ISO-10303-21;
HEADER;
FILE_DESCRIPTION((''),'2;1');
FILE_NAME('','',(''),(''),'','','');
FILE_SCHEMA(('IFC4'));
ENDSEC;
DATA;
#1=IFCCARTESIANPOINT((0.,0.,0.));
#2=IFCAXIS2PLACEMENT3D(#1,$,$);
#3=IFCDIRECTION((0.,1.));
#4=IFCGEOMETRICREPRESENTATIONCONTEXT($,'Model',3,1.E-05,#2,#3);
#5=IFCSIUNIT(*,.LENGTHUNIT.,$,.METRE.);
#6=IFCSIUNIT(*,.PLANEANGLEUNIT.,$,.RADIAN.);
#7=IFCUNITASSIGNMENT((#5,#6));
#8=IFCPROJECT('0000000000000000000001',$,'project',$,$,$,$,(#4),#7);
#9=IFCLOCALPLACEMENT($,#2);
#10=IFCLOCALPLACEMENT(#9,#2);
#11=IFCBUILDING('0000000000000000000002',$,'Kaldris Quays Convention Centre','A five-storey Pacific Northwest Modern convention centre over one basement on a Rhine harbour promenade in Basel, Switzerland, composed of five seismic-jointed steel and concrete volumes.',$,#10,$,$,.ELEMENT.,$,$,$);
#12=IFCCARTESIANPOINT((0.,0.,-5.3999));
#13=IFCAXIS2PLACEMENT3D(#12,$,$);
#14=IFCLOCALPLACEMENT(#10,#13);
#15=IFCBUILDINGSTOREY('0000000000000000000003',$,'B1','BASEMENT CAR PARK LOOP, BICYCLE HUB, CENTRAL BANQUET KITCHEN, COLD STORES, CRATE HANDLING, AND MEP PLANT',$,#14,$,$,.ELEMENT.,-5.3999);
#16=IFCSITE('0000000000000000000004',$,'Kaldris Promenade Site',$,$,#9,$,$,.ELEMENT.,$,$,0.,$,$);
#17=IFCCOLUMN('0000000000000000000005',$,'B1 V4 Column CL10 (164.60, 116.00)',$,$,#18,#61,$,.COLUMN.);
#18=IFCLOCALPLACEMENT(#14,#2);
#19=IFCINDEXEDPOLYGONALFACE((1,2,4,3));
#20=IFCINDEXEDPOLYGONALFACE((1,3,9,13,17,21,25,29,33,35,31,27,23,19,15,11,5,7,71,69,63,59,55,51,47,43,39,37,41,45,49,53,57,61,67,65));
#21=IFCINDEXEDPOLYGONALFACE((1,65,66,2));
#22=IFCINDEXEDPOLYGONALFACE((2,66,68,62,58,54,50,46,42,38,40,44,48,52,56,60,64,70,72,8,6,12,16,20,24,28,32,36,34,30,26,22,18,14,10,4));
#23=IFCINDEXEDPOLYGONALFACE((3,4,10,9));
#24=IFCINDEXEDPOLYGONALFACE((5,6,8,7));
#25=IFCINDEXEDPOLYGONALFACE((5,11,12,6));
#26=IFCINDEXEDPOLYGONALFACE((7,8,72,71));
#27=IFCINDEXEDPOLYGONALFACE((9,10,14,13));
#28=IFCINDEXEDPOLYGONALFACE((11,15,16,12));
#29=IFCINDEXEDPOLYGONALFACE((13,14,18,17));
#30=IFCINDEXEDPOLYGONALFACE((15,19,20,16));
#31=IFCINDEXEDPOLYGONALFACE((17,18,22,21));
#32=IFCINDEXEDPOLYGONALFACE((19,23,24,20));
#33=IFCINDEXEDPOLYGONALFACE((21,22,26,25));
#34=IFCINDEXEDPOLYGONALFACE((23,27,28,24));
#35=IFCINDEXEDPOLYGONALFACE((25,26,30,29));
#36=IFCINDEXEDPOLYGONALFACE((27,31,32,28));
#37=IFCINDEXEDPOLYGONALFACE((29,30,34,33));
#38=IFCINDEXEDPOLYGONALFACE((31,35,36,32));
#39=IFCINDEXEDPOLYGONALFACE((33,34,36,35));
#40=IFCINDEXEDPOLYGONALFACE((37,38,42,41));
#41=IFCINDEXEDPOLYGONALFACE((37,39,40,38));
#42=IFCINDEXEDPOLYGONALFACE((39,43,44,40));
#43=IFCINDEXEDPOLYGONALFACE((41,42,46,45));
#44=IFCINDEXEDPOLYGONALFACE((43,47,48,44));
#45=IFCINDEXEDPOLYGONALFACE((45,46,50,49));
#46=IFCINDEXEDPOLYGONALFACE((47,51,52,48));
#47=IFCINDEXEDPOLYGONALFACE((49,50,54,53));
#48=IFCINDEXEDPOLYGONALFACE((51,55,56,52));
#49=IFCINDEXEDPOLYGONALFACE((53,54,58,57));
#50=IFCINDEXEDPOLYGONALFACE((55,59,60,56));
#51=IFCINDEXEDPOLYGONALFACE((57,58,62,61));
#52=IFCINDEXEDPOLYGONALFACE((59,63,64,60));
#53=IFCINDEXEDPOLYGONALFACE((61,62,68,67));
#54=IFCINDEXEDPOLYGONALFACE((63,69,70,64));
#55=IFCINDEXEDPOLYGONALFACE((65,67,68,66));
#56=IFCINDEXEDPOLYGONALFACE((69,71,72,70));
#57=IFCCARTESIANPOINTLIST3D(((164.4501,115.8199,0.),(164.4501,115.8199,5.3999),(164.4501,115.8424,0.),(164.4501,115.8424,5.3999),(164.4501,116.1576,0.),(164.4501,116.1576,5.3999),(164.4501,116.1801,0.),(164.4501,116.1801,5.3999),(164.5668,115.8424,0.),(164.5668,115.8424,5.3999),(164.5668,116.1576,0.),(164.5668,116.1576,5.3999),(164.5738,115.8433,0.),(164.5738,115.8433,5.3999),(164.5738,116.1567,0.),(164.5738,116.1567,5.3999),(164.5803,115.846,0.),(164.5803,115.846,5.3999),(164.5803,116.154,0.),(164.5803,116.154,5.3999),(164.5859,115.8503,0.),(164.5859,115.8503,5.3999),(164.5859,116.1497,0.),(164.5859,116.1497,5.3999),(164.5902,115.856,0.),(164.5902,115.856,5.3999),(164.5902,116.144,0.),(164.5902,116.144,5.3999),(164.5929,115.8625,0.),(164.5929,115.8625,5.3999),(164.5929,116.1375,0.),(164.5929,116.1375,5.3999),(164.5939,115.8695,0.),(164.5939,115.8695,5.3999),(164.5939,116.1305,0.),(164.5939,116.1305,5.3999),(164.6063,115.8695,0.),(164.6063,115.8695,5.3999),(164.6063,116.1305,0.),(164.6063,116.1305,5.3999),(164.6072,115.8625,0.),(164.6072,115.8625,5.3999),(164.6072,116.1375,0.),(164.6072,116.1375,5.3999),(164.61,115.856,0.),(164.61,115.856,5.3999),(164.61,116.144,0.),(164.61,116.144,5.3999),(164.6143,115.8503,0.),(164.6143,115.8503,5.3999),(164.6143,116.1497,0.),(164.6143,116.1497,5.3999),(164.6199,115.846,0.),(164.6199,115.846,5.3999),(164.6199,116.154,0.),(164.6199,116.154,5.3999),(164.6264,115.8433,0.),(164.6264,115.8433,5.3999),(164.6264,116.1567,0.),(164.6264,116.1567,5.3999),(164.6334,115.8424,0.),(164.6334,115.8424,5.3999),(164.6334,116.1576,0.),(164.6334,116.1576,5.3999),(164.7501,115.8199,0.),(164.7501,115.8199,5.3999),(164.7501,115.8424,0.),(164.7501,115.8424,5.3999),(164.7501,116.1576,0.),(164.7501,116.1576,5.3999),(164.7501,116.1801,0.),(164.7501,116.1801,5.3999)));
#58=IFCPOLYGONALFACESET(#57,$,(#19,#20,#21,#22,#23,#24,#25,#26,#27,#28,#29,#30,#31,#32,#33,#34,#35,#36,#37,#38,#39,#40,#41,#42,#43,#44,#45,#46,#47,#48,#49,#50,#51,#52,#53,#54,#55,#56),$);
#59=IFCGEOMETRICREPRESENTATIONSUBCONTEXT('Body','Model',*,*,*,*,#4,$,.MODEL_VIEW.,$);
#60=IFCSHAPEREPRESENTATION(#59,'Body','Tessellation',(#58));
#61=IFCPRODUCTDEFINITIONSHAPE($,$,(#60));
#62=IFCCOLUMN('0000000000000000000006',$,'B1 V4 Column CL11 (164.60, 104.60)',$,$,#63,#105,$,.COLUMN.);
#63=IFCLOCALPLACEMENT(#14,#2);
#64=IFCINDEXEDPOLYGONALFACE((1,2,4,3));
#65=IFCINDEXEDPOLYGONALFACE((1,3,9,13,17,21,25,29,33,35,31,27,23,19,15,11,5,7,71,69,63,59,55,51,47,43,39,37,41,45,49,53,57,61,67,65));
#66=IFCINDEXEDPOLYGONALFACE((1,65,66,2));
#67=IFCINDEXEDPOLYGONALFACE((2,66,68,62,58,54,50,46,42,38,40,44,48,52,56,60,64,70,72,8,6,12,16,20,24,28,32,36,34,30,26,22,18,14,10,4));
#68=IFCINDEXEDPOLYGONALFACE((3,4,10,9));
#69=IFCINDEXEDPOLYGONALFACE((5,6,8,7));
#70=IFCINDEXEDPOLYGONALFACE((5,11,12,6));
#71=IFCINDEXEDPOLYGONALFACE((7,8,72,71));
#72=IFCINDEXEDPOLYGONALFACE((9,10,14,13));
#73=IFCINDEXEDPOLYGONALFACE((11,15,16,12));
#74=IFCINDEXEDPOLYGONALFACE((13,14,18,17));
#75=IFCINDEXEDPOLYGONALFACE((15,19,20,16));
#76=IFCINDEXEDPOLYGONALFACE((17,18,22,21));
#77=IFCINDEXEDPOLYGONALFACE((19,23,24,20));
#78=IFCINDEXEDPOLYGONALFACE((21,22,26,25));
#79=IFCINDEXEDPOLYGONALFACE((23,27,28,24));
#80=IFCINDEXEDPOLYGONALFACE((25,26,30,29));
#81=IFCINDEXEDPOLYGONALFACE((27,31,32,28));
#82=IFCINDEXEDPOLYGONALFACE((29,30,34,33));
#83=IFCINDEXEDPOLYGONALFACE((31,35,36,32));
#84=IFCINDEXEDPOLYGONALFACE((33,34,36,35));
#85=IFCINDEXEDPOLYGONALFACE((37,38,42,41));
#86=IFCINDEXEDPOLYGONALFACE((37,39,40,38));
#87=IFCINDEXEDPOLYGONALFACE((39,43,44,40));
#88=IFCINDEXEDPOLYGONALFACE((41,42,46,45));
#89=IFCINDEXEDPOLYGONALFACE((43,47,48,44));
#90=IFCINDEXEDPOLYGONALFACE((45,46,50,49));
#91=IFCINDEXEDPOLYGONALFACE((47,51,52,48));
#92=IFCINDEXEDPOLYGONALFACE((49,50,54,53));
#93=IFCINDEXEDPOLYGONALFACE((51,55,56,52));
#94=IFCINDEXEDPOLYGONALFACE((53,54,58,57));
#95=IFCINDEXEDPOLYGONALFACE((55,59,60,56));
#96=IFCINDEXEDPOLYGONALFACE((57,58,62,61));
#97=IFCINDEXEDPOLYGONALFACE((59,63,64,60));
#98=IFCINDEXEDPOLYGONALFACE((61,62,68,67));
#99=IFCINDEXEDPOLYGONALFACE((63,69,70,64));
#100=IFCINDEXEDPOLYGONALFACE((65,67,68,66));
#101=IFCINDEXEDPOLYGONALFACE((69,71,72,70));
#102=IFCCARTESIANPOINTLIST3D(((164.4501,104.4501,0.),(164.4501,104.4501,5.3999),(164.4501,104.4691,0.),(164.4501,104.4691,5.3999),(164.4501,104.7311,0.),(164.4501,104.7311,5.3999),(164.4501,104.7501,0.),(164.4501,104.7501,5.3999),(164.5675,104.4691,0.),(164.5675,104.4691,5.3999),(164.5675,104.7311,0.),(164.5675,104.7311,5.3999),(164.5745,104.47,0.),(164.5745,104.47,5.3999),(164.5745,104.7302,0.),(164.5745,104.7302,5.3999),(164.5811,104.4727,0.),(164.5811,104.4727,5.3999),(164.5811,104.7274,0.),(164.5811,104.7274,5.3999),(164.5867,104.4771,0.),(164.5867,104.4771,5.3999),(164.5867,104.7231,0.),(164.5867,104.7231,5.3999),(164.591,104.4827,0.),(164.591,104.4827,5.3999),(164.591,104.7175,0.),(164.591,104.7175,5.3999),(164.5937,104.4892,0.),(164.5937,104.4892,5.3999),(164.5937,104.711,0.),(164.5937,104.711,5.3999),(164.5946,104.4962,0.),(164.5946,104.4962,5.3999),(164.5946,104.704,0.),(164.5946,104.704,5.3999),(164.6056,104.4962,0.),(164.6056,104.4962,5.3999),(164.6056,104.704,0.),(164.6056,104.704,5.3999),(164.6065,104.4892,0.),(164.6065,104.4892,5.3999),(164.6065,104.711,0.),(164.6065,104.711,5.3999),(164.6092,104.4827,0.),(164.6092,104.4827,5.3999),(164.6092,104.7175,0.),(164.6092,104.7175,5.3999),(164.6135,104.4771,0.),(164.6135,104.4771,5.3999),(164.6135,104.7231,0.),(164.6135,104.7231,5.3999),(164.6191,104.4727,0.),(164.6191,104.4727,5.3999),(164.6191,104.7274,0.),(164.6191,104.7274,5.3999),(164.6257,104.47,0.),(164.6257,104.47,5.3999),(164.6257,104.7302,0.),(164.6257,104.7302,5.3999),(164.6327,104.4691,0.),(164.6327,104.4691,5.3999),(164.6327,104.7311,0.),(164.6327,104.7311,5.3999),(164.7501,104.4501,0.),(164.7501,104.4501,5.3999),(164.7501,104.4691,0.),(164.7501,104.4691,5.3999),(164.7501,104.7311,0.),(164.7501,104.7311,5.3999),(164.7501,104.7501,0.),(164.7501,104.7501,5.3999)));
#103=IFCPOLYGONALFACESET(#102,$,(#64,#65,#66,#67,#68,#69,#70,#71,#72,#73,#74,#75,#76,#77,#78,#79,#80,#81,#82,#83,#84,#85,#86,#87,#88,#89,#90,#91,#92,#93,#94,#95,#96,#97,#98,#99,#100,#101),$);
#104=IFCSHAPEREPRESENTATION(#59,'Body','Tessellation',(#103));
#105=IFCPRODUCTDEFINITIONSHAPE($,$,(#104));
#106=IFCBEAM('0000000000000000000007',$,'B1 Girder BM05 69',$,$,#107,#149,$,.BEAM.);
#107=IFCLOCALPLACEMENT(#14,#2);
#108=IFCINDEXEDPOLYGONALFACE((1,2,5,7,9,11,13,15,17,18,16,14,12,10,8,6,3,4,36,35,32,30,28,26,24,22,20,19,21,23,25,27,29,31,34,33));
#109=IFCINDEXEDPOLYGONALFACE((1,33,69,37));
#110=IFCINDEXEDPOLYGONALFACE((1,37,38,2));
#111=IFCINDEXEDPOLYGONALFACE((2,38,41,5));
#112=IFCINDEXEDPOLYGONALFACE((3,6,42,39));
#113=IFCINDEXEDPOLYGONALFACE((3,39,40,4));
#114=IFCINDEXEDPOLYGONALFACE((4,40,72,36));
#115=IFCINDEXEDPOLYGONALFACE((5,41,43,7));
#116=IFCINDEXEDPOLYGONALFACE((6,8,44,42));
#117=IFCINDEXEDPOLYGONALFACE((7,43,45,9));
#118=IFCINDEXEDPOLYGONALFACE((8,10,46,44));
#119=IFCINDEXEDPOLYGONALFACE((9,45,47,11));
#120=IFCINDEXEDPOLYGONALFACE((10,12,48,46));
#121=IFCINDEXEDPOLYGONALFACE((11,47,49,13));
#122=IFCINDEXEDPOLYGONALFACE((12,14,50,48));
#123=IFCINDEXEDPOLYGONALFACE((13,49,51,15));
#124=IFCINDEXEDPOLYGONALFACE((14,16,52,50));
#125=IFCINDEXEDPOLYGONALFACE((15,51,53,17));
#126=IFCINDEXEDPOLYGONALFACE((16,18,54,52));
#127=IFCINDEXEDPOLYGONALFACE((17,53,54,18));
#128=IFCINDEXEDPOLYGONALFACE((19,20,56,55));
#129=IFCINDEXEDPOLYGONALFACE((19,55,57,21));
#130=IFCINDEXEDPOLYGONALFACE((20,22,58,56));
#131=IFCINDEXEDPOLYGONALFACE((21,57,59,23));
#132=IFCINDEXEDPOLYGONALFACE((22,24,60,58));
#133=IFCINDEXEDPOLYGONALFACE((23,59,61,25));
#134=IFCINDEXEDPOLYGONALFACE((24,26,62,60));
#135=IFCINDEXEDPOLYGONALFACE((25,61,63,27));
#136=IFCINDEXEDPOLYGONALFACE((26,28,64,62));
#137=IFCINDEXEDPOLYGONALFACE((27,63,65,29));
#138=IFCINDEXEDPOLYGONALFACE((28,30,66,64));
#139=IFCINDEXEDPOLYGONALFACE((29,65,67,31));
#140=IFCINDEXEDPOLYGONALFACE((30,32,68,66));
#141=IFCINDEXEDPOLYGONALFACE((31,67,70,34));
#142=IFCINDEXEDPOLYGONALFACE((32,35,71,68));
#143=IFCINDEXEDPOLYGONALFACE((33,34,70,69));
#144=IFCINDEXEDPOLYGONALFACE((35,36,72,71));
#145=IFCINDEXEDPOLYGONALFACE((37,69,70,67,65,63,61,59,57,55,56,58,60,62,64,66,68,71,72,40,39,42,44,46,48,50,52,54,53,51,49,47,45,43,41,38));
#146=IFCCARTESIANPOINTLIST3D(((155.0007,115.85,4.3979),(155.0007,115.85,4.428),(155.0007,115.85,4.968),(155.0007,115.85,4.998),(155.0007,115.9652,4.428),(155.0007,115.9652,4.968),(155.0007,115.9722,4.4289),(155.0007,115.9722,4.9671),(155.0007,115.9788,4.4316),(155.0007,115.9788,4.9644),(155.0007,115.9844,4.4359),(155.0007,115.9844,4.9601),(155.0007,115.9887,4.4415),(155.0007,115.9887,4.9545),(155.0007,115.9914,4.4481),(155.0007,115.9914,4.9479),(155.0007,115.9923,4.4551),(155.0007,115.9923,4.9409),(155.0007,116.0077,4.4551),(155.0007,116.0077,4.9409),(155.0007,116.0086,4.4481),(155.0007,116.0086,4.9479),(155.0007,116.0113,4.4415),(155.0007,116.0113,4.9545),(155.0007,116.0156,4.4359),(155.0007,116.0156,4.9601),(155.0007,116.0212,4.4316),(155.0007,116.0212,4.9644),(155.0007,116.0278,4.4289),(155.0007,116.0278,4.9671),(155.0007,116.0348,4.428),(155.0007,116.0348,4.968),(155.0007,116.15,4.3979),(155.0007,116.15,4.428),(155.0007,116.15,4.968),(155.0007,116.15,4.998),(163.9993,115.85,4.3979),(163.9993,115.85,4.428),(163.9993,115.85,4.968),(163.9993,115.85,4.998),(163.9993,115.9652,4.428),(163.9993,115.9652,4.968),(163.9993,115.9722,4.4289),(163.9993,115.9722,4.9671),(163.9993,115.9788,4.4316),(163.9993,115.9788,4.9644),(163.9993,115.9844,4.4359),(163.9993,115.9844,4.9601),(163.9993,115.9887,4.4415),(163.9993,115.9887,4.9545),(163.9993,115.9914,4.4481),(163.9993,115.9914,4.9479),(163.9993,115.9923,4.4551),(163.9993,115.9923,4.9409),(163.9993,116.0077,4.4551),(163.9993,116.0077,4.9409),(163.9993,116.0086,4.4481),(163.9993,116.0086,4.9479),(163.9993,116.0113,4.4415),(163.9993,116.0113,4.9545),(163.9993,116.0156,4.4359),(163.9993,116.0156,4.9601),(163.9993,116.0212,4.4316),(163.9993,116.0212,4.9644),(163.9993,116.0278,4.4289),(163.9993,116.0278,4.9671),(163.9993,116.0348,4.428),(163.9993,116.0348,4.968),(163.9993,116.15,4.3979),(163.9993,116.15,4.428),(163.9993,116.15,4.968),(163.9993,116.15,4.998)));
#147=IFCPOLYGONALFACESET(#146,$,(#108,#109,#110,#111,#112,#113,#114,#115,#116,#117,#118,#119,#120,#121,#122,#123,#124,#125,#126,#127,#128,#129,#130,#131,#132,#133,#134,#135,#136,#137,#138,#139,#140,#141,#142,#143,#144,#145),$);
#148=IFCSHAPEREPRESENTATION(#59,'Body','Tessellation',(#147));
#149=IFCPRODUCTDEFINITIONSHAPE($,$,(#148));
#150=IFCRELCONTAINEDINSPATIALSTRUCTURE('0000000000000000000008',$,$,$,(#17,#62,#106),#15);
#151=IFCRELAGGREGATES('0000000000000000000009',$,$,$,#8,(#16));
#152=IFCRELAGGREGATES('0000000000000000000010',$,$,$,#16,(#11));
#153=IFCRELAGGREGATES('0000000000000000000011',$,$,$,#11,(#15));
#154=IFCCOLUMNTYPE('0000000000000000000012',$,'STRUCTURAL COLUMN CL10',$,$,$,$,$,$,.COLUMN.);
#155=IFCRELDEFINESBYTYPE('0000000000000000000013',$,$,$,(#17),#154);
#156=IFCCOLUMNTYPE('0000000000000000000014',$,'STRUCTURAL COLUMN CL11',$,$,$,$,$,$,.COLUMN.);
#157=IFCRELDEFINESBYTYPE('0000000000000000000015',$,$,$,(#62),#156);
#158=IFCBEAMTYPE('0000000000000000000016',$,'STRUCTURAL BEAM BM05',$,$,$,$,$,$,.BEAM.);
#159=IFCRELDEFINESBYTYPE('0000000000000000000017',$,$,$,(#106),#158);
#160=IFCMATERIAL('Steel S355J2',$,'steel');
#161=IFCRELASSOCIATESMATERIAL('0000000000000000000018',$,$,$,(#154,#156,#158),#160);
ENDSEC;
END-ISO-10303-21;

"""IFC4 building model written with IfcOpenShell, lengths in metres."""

from ifc_helpers import new_model, si_unit, direction, frame, origin, origin_2d, place, context, subcontext, project, spatial, i_section, extrude, material, material_profile, profile_set, type_object, element, save


model = new_model("IFC4")

# Units and contexts
model_context = context("Model", 3, precision=1e-05, world=origin(), true_north=direction((0.0, 1.0)))
body_context = subcontext(model_context, "Body", "Model", "MODEL_VIEW")
ifc_project = project(units=[si_unit("LENGTHUNIT", "METRE"), si_unit("PLANEANGLEUNIT", "RADIAN")], contexts=[model_context])

# Site, building, storey
site_placement = place(None, origin())
site = spatial("IfcSite", under=ifc_project, at=site_placement, Name="Kaldris Promenade Site", CompositionType="ELEMENT", RefElevation=0.0)
building_placement = place(site_placement, origin())
building = spatial("IfcBuilding", under=site, at=building_placement, Name="Kaldris Quays Convention Centre", Description="A five-storey Pacific Northwest Modern convention centre over one basement on a Rhine harbour promenade in Basel, Switzerland, composed of five seismic-jointed steel and concrete volumes.", CompositionType="ELEMENT")
storey_placement = place(building_placement, frame((0.0, 0.0, -5.3999)))
storey = spatial("IfcBuildingStorey", under=building, at=storey_placement, Name="B1", Description="BASEMENT CAR PARK LOOP, BICYCLE HUB, CENTRAL BANQUET KITCHEN, COLD STORES, CRATE HANDLING, AND MEP PLANT", CompositionType="ELEMENT", Elevation=-5.3999)

# Columns
ifc_material_1 = material(Name="Steel S355J2", Category="steel")
ifc_material_profile_1 = material_profile(ifc_material_1, i_section(OverallWidth=0.3, OverallDepth=0.3601, WebThickness=0.0125, FlangeThickness=0.0225, FilletRadius=0.0271, at=origin_2d()), Name="HEB 360")
ifc_profile_set_1 = profile_set([ifc_material_profile_1], Name="Steel S355J2")
column_type_1 = type_object("IfcColumnType", Name="STRUCTURAL COLUMN CL10", PredefinedType="COLUMN", material=ifc_profile_set_1)
for number, where, z_axis, x_axis, name in (
    (1, (164.6001, 116.0, 0.0), (0.0, 0.0, 1.0), (1.0, 0.0, 0.0), "B1 V4 Column CL10 (164.60, 116.00)"),
):
    element("IfcColumn", number, at=place(storey_placement, frame(where, z_axis=z_axis, x_axis=x_axis)), inside=storey, type_object=column_type_1, Name=name, PredefinedType="COLUMN", context=body_context, shape_type="SweptSolid", body=[
        extrude(i_section(OverallWidth=0.3, OverallDepth=0.3601, WebThickness=0.0125, FlangeThickness=0.0225, FilletRadius=0.0271, at=origin_2d()), origin(), (0.0, 0.0, 1.0), 5.3999),
    ])
ifc_material_profile_2 = material_profile(ifc_material_1, i_section(OverallWidth=0.3, OverallDepth=0.3, WebThickness=0.011, FlangeThickness=0.019, FilletRadius=0.0271, at=origin_2d()), Name="HEB 300")
ifc_profile_set_2 = profile_set([ifc_material_profile_2], Name="Steel S355J2")
column_type_2 = type_object("IfcColumnType", Name="STRUCTURAL COLUMN CL11", PredefinedType="COLUMN", material=ifc_profile_set_2)
column_1_placement = place(storey_placement, frame((164.6001, 104.6001, 0.0), z_axis=(0.0, 0.0, 1.0), x_axis=(1.0, 0.0, 0.0)))
element("IfcColumn", 2, at=column_1_placement, inside=storey, type_object=column_type_2, Name="B1 V4 Column CL11 (164.60, 104.60)", PredefinedType="COLUMN", context=body_context, shape_type="SweptSolid", body=[
    extrude(i_section(OverallWidth=0.3, OverallDepth=0.3, WebThickness=0.011, FlangeThickness=0.019, FilletRadius=0.0271, at=origin_2d()), origin(), (0.0, 0.0, 1.0), 5.3999),
])

# Beam
ifc_material_profile_3 = material_profile(ifc_material_1, i_section(OverallWidth=0.3, OverallDepth=0.6001, WebThickness=0.0154, FlangeThickness=0.03, FilletRadius=0.0271, at=origin_2d()), Name="HEB 600")
ifc_profile_set_3 = profile_set([ifc_material_profile_3], Name="Steel S355J2")
beam_type_1 = type_object("IfcBeamType", Name="STRUCTURAL BEAM BM05", PredefinedType="BEAM", material=ifc_profile_set_3)
beam_1_placement = place(storey_placement, frame((155.0007, 116.0, 4.698), z_axis=(1.0, 0.0, 0.0), x_axis=(0.0, 1.0, 0.0)))
element("IfcBeam", 3, at=beam_1_placement, inside=storey, type_object=beam_type_1, Name="B1 Girder BM05 69", PredefinedType="BEAM", context=body_context, shape_type="SweptSolid", body=[
    extrude(i_section(OverallWidth=0.3, OverallDepth=0.6001, WebThickness=0.0154, FlangeThickness=0.03, FilletRadius=0.0271, at=origin_2d()), origin(), (0.0, 0.0, 1.0), 8.9985),
])

save(model, "model.ifc")
